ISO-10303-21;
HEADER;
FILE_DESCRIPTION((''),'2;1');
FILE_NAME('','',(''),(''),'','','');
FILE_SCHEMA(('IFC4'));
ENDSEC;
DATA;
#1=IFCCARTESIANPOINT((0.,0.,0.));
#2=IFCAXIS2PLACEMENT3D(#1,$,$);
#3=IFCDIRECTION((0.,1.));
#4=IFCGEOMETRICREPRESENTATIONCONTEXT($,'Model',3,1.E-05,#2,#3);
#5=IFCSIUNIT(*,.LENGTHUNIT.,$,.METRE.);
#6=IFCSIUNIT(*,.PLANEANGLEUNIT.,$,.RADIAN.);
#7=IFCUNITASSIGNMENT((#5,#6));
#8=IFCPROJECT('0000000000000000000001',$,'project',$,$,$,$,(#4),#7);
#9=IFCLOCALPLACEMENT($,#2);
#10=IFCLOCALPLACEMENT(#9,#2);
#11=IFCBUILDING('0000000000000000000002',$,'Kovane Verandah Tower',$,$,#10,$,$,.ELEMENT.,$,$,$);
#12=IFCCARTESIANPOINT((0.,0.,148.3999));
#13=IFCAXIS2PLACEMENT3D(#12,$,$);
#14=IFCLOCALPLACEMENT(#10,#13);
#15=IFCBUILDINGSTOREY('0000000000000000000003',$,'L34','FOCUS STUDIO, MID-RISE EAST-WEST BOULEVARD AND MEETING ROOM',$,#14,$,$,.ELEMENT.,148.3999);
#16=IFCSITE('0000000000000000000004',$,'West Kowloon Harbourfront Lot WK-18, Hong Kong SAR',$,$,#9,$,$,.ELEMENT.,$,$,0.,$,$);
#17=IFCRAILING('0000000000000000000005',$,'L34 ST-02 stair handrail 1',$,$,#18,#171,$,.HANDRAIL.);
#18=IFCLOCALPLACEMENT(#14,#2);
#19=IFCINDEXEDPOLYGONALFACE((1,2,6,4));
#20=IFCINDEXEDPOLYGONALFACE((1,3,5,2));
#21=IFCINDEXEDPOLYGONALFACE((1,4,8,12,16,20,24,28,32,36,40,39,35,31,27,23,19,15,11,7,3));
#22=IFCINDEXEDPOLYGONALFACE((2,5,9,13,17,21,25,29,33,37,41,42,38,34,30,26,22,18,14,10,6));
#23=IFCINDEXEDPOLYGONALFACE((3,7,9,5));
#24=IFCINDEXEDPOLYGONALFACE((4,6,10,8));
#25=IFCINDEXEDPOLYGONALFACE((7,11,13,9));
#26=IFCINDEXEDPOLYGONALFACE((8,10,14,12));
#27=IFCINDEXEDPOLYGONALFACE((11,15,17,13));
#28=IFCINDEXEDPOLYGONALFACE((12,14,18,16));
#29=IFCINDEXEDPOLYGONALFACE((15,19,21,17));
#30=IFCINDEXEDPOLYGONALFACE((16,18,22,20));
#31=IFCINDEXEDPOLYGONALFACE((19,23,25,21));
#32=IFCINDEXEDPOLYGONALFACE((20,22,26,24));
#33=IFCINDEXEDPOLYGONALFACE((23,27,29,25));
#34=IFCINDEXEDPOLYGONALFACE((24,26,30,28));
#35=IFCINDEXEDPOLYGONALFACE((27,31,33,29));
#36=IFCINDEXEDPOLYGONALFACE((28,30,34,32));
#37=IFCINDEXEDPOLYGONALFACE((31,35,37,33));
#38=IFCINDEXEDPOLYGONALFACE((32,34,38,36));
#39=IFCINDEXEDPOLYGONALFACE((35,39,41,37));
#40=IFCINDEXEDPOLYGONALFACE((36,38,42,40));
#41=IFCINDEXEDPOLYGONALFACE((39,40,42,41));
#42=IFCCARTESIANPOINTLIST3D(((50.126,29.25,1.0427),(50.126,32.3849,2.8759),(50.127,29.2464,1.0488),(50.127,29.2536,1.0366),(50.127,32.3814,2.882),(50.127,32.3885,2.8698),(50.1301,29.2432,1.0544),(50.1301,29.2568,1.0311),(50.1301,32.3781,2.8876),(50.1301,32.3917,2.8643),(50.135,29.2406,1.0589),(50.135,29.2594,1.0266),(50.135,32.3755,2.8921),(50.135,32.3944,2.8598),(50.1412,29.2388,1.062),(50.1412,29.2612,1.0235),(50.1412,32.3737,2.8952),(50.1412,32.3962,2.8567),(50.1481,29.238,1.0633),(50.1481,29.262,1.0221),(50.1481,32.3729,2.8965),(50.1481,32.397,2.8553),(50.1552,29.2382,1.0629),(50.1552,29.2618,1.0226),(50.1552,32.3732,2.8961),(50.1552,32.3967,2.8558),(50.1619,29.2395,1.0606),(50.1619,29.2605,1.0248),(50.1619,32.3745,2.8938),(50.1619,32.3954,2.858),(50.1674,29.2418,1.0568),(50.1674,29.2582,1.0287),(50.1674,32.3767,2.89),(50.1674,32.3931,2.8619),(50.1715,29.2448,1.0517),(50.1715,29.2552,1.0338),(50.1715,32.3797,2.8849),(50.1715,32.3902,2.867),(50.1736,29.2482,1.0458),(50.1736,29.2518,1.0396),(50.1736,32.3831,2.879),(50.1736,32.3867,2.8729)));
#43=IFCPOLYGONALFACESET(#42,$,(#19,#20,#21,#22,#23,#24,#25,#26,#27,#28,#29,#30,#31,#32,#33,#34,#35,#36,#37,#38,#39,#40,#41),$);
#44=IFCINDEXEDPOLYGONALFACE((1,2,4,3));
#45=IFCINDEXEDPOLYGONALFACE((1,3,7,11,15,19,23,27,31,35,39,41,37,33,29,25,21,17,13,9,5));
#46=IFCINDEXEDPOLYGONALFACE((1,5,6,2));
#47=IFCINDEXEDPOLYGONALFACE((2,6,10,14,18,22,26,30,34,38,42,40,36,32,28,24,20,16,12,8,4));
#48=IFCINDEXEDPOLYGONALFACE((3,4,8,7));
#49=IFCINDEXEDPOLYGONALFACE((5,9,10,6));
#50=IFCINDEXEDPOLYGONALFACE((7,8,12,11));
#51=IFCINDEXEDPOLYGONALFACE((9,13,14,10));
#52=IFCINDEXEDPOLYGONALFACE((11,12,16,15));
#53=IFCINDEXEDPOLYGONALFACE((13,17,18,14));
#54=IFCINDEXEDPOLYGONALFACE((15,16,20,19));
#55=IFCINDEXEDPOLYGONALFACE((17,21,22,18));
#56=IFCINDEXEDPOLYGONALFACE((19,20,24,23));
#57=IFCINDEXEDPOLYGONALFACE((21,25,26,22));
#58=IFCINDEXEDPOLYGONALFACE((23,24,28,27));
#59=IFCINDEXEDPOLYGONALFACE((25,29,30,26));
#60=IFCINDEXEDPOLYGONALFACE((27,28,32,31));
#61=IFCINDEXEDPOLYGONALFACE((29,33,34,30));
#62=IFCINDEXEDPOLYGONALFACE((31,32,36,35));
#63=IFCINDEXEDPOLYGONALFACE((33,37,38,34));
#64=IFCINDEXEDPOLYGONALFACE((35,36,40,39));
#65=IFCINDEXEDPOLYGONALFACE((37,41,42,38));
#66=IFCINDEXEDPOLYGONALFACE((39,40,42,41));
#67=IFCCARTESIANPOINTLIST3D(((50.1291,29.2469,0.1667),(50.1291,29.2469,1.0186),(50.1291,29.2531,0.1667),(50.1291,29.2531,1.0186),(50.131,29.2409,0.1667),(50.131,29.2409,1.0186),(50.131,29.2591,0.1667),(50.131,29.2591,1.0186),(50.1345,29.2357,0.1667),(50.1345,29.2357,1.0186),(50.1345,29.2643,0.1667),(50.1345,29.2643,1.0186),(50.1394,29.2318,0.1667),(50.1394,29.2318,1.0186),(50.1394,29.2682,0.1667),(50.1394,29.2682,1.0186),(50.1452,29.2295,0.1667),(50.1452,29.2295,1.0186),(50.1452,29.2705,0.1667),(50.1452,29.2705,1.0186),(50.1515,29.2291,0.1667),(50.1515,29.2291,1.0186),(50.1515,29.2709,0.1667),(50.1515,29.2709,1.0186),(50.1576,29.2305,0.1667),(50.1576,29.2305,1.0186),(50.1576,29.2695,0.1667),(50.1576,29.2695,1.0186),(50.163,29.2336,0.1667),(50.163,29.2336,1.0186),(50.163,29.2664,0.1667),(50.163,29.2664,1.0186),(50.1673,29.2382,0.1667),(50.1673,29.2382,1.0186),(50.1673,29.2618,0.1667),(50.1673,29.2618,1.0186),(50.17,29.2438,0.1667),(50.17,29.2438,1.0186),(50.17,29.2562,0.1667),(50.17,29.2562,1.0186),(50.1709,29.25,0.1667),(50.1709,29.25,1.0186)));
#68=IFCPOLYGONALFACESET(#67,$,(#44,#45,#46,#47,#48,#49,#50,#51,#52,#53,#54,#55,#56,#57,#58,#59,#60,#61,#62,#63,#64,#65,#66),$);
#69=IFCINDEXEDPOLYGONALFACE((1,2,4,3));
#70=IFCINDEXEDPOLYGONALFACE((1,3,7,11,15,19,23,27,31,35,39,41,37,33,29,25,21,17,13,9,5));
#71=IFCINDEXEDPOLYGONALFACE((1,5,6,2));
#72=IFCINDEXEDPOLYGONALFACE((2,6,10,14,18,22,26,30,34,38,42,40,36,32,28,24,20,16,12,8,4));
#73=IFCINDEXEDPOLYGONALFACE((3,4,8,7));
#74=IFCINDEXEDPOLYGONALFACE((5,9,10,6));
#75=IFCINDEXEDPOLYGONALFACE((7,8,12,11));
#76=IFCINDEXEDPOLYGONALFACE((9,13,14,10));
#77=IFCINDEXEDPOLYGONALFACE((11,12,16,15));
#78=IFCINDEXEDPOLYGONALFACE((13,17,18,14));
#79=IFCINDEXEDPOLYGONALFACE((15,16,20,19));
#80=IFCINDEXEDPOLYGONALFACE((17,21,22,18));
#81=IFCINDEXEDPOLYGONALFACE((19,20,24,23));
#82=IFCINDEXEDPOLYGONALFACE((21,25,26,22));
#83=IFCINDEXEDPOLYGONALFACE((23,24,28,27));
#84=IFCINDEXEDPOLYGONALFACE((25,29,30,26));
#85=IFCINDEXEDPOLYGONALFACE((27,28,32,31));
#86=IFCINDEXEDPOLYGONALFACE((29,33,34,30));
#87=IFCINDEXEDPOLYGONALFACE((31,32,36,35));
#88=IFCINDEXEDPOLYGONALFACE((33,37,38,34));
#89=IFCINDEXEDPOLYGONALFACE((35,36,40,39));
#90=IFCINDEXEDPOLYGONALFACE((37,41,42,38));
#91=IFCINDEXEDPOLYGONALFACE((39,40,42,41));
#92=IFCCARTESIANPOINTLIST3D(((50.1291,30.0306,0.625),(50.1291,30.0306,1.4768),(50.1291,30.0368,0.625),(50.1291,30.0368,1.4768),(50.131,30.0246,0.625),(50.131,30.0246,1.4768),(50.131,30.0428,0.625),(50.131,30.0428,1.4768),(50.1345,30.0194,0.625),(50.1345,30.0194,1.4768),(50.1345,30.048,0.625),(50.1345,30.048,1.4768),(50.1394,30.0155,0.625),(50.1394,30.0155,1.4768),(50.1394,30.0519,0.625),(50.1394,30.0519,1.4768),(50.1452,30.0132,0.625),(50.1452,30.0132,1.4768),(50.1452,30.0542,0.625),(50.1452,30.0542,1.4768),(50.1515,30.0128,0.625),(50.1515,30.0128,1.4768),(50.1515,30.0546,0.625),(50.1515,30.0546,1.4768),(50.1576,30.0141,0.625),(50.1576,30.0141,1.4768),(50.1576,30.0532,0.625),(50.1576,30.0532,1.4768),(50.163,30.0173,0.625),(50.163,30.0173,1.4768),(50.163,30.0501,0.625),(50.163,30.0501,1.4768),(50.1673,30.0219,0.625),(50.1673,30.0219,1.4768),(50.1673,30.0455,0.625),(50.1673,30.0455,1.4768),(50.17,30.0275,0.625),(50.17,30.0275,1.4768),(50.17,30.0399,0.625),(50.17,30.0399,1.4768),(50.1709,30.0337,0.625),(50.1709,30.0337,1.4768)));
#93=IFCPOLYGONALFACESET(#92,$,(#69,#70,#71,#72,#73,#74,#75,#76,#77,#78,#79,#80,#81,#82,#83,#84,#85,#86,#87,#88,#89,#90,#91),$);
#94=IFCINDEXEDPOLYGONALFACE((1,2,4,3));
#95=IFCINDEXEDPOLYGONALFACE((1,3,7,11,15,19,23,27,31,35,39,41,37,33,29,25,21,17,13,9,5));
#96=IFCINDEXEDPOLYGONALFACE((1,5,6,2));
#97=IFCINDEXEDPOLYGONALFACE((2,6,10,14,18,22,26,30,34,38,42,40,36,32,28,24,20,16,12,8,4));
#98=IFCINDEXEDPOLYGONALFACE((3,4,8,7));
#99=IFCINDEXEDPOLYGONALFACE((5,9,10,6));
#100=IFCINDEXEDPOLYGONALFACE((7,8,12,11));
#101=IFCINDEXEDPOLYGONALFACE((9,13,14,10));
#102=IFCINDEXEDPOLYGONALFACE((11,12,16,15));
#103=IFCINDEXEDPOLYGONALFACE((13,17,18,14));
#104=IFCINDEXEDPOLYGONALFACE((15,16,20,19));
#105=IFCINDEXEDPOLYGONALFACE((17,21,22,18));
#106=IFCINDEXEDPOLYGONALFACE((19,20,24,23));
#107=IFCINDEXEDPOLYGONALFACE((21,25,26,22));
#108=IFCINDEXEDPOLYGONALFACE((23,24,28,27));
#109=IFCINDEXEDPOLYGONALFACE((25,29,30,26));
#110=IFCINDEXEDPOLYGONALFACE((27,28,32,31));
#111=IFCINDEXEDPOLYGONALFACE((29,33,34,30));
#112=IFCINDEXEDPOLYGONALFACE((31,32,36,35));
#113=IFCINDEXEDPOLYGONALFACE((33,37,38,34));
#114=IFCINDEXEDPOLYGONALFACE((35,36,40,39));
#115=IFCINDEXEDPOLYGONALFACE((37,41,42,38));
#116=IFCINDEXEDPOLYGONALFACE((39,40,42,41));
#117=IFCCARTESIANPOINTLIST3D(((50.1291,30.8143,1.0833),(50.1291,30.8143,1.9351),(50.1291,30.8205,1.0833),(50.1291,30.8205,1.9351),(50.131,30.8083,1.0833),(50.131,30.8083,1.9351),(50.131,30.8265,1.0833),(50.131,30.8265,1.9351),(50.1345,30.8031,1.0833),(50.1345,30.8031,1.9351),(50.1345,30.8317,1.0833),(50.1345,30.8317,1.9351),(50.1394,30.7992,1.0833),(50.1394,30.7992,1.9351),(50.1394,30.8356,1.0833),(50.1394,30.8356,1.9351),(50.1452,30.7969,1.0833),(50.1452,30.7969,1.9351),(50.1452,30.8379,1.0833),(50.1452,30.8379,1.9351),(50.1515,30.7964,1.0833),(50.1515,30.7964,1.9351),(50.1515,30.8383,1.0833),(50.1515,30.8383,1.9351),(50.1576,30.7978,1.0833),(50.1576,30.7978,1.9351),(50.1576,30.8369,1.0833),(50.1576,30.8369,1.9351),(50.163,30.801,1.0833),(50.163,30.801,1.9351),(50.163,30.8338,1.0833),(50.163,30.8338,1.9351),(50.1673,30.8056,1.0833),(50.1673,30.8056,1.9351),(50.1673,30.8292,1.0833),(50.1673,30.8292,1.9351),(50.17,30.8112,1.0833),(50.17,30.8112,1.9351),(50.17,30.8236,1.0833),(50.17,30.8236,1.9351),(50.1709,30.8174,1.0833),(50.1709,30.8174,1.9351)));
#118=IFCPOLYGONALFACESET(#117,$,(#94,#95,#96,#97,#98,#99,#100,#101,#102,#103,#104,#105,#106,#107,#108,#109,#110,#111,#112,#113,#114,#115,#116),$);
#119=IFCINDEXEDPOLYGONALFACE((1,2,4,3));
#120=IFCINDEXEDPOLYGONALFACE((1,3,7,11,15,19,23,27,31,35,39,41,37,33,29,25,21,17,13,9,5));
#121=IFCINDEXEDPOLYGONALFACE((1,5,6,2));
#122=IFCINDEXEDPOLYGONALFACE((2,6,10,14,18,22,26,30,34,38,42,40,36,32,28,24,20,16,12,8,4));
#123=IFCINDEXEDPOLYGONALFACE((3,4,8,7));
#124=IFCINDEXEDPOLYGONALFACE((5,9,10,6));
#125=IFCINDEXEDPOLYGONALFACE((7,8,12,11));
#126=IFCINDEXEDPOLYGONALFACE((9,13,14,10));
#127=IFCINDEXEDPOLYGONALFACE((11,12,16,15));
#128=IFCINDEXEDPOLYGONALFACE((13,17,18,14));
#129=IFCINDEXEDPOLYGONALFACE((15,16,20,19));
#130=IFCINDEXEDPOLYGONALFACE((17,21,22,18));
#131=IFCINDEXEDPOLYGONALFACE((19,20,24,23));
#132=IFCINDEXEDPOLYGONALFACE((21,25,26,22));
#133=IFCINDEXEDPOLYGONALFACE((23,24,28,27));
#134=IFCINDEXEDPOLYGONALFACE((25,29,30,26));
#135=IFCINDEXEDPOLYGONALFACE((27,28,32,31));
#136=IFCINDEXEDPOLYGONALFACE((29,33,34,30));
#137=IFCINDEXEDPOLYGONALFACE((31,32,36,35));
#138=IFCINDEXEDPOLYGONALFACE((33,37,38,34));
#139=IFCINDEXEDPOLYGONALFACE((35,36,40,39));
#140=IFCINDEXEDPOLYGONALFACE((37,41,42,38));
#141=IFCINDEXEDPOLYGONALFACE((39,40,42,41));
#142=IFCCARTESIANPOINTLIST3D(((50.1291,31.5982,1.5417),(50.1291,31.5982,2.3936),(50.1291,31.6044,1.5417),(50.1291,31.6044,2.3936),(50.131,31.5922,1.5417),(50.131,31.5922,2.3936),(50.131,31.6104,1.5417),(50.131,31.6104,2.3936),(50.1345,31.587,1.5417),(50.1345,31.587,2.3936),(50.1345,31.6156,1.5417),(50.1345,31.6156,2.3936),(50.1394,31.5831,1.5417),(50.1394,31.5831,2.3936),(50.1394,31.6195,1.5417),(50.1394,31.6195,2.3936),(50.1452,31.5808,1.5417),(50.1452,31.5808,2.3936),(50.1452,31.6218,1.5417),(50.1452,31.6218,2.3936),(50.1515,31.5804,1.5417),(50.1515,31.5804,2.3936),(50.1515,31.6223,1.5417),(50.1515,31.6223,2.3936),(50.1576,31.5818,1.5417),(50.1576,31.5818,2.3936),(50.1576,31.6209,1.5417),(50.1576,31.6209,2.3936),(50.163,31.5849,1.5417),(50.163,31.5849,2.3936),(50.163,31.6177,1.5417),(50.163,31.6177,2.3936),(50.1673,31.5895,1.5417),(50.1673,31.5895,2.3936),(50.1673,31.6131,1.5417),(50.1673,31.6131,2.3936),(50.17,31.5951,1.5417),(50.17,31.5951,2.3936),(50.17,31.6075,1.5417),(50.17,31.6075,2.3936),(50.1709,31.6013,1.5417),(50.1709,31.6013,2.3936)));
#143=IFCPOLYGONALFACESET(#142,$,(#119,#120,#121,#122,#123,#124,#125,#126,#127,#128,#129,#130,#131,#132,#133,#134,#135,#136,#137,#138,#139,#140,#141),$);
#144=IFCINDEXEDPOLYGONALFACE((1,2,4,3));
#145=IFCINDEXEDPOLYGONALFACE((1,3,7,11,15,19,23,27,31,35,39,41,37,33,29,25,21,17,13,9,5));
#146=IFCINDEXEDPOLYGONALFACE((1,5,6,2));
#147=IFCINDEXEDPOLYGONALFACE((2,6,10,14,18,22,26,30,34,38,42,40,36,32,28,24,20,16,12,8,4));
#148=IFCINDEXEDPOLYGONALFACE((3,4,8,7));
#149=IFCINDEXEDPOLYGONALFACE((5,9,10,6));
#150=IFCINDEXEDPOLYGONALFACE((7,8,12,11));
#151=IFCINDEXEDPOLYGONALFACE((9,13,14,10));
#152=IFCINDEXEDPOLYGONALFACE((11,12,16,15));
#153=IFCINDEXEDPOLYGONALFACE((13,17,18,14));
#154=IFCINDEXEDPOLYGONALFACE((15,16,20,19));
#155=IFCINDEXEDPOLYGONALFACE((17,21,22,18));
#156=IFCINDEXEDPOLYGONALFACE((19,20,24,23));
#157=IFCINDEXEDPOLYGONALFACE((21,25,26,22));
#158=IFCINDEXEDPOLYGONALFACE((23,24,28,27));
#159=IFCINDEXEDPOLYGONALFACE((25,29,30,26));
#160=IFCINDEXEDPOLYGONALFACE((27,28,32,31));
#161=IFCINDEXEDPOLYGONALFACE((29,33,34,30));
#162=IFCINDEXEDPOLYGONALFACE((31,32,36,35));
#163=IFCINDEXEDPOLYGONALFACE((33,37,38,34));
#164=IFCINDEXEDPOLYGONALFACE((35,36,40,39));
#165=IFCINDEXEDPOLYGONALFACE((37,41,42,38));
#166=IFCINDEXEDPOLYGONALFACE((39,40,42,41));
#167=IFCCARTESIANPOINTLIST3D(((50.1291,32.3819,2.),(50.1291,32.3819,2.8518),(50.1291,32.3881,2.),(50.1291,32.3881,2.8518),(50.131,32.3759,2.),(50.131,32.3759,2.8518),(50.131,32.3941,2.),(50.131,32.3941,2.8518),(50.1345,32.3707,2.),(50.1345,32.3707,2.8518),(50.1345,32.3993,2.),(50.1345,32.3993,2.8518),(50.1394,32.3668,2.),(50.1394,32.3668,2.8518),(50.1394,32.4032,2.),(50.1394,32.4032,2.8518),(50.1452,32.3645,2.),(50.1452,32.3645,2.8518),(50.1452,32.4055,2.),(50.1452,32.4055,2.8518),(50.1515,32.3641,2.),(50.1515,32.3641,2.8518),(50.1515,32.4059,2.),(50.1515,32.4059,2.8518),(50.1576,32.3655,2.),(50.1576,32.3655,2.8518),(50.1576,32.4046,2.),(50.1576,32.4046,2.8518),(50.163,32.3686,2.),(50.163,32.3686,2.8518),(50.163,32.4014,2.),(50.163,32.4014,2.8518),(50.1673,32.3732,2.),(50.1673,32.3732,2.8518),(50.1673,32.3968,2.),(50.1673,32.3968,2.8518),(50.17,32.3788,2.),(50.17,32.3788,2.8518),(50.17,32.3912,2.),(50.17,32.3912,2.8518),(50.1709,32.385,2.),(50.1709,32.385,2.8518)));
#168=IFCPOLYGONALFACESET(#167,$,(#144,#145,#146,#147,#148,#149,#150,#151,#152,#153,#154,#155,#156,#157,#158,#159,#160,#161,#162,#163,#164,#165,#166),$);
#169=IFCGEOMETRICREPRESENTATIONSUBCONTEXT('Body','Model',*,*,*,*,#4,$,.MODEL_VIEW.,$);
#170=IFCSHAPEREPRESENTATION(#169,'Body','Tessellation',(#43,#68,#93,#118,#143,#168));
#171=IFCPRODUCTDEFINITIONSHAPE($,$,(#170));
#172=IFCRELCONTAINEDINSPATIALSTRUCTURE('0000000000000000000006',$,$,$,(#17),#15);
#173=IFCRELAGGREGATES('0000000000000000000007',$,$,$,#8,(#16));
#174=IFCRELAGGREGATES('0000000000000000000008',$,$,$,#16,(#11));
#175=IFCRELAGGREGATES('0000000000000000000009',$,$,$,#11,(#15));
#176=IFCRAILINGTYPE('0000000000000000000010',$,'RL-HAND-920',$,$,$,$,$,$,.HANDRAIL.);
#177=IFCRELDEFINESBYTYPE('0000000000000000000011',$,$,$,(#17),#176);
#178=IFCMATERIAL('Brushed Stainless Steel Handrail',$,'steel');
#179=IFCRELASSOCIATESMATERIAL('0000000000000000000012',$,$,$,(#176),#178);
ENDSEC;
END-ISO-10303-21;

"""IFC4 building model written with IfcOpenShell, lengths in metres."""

from ifc_helpers import new_model, si_unit, direction, frame, origin, origin_2d, place, context, subcontext, project, spatial, circle, extrude, material, type_object, element, save


model = new_model("IFC4")

# Units and contexts
model_context = context("Model", 3, precision=1e-05, world=origin(), true_north=direction((0.0, 1.0)))
body_context = subcontext(model_context, "Body", "Model", "MODEL_VIEW")
ifc_project = project(units=[si_unit("LENGTHUNIT", "METRE"), si_unit("PLANEANGLEUNIT", "RADIAN")], contexts=[model_context])

# Site, building, storey
site_placement = place(None, origin())
site = spatial("IfcSite", under=ifc_project, at=site_placement, Name="West Kowloon Harbourfront Lot WK-18, Hong Kong SAR", CompositionType="ELEMENT", RefElevation=0.0)
building_placement = place(site_placement, origin())
building = spatial("IfcBuilding", under=site, at=building_placement, Name="Kovane Verandah Tower", CompositionType="ELEMENT")
storey_placement = place(building_placement, frame((0.0, 0.0, 148.3999)))
storey = spatial("IfcBuildingStorey", under=building, at=storey_placement, Name="L34", Description="FOCUS STUDIO, MID-RISE EAST-WEST BOULEVARD AND MEETING ROOM", CompositionType="ELEMENT", Elevation=148.3999)

# Railing
ifc_material_1 = material(Name="Brushed Stainless Steel Handrail", Category="steel")
railing_type_1 = type_object("IfcRailingType", Name="RL-HAND-920", PredefinedType="HANDRAIL", material=ifc_material_1)
railing_1_placement = place(storey_placement, frame((50.1499, 29.25, 0.1667)))
element("IfcRailing", 1, at=railing_1_placement, inside=storey, type_object=railing_type_1, Name="L34 ST-02 stair handrail 1", PredefinedType="HANDRAIL", context=body_context, shape_type="SweptSolid", body=[
    extrude(circle(Radius=0.0239, at=origin_2d()), frame((0.0, 0.0, 0.876), z_axis=(0.0, 0.86324, 0.504794), x_axis=(-1.0, 0.0, 0.0)), (0.0, 0.0, 1.0), 3.6316),
    extrude(circle(Radius=0.021, at=origin_2d()), origin(), (0.0, 0.0, 1.0), 0.8518),
    extrude(circle(Radius=0.021, at=origin_2d()), frame((0.0, 0.7837, 0.4583)), (0.0, 0.0, 1.0), 0.8518),
    extrude(circle(Radius=0.021, at=origin_2d()), frame((0.0, 1.5674, 0.9165)), (0.0, 0.0, 1.0), 0.8518),
    extrude(circle(Radius=0.021, at=origin_2d()), frame((0.0, 2.3513, 1.375)), (0.0, 0.0, 1.0), 0.8518),
    extrude(circle(Radius=0.021, at=origin_2d()), frame((0.0, 3.135, 1.8333)), (0.0, 0.0, 1.0), 0.8518),
])

save(model, "model.ifc")
